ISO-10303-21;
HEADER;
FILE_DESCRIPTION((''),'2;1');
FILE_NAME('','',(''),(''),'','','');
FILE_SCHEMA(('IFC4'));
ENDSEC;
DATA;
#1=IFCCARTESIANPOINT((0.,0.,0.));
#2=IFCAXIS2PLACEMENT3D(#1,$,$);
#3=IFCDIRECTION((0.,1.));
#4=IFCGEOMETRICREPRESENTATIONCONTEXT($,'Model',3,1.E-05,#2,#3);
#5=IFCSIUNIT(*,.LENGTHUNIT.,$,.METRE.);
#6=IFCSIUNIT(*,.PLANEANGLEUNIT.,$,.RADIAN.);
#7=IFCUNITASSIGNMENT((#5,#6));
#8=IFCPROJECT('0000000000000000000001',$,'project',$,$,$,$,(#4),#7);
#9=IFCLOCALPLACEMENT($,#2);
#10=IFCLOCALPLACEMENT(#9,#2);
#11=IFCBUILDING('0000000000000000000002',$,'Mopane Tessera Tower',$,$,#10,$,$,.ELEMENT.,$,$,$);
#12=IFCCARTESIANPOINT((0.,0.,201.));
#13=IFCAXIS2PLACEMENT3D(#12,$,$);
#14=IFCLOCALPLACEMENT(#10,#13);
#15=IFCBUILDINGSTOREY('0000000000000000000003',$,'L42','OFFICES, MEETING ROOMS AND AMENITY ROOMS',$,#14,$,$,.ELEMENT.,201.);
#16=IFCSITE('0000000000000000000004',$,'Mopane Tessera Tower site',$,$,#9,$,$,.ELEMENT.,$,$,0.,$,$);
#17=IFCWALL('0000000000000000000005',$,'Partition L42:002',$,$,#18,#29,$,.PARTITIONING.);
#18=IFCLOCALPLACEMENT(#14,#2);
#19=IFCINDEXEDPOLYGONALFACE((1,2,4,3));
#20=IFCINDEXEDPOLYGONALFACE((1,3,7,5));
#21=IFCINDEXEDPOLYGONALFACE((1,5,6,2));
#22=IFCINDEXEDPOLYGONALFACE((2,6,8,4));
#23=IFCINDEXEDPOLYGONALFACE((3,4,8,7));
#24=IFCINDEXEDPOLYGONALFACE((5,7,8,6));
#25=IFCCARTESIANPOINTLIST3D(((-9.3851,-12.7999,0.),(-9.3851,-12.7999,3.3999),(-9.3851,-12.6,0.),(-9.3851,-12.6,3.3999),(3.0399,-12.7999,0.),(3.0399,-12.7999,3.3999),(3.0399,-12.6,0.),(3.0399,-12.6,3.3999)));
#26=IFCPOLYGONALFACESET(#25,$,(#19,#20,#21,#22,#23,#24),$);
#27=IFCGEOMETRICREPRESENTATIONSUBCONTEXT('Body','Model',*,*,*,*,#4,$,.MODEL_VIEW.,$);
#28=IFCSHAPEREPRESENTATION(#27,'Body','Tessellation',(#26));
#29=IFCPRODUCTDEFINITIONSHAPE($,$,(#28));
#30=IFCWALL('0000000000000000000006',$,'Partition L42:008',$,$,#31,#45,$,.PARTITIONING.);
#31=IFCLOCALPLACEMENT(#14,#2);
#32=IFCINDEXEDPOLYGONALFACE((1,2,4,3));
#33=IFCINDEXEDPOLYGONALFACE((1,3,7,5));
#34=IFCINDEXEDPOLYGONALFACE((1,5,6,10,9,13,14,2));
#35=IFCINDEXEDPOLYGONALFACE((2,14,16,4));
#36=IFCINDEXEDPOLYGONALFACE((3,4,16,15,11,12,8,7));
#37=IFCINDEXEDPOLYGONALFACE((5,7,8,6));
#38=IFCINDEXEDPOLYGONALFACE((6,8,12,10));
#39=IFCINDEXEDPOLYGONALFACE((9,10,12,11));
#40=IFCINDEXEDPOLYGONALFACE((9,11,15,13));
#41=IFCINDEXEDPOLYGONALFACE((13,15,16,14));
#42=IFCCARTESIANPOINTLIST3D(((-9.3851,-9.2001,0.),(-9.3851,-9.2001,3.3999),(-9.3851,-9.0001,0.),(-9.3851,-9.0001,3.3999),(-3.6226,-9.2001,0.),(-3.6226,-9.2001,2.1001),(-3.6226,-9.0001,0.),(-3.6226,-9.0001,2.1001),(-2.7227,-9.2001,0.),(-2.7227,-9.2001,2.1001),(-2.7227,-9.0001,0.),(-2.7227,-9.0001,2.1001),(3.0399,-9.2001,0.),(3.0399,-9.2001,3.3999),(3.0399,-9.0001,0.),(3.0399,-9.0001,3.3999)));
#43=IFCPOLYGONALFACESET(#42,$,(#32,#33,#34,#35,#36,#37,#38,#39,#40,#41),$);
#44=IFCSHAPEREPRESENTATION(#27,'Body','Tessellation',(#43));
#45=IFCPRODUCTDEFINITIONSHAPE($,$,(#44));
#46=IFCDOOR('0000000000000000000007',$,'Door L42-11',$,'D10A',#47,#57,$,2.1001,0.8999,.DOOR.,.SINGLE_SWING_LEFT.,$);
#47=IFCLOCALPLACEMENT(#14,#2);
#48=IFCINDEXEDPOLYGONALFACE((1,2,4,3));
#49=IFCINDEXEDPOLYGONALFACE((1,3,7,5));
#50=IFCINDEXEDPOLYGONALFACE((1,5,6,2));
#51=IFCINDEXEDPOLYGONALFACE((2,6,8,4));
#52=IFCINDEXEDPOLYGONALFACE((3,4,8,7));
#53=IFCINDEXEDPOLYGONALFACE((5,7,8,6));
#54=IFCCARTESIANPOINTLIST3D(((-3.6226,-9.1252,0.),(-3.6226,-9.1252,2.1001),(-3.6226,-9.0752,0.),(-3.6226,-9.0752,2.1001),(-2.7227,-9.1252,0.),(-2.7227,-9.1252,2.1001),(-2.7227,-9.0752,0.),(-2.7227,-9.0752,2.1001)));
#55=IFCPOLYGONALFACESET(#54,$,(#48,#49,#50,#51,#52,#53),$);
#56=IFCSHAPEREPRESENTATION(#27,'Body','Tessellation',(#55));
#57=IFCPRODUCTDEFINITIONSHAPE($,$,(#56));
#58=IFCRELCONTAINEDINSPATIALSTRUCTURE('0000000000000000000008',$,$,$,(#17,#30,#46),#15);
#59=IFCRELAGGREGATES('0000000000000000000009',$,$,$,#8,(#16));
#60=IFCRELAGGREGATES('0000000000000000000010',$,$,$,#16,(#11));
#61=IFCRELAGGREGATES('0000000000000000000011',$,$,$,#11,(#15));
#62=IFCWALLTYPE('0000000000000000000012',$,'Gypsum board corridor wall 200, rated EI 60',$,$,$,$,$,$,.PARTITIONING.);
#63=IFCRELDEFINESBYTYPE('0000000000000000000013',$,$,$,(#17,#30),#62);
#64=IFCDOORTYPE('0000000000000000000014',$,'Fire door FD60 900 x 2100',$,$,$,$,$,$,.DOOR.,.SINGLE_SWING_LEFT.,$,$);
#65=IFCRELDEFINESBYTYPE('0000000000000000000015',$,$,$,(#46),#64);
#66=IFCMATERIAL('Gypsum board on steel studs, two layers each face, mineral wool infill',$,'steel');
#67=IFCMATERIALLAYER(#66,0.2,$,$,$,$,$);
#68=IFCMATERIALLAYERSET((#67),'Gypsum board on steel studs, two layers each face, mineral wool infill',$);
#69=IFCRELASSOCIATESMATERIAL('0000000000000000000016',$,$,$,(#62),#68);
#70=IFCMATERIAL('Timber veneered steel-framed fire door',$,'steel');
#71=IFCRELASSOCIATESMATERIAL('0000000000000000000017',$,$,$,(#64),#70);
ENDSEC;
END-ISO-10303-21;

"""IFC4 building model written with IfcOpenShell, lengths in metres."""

from ifc_helpers import new_model, si_unit, direction, frame, frame_2d, origin, place, context, subcontext, project, spatial, rectangle, extrude, material, layer, layer_set, type_object, element, fill, save


model = new_model("IFC4")

# Units and contexts
model_context = context("Model", 3, precision=1e-05, world=origin(), true_north=direction((0.0, 1.0)))
body_context = subcontext(model_context, "Body", "Model", "MODEL_VIEW")
ifc_project = project(units=[si_unit("LENGTHUNIT", "METRE"), si_unit("PLANEANGLEUNIT", "RADIAN")], contexts=[model_context])

# Site, building, storey
site_placement = place(None, origin())
site = spatial("IfcSite", under=ifc_project, at=site_placement, Name="Mopane Tessera Tower site", CompositionType="ELEMENT", RefElevation=0.0)
building_placement = place(site_placement, origin())
building = spatial("IfcBuilding", under=site, at=building_placement, Name="Mopane Tessera Tower", CompositionType="ELEMENT")
storey_placement = place(building_placement, frame((0.0, 0.0, 201.0)))
storey = spatial("IfcBuildingStorey", under=building, at=storey_placement, Name="L42", Description="OFFICES, MEETING ROOMS AND AMENITY ROOMS", CompositionType="ELEMENT", Elevation=201.0)

# Wall
ifc_material_1 = material(Name="Gypsum board on steel studs, two layers each face, mineral wool infill", Category="steel")
ifc_layer_1 = layer(ifc_material_1, 0.2)
ifc_layer_set_1 = layer_set([ifc_layer_1], Name="Gypsum board on steel studs, two layers each face, mineral wool infill")
wall_type_1 = type_object("IfcWallType", Name="Gypsum board corridor wall 200, rated EI 60", PredefinedType="PARTITIONING", material=ifc_layer_set_1)
wall_1_placement = place(storey_placement, frame((-9.385, -12.7, 0.0), z_axis=(0.0, 0.0, 1.0), x_axis=(1.0, 0.0, 0.0)))
element("IfcWall", 1, at=wall_1_placement, inside=storey, type_object=wall_type_1, Name="Partition L42:002", PredefinedType="PARTITIONING", context=body_context, shape_type="SweptSolid", body=[
    extrude(rectangle(XDim=12.425, YDim=0.2, at=frame_2d((6.2124, 0.0))), origin(), (0.0, 0.0, 1.0), 3.3999),
])

# Wall, opening, door
wall_2_placement = place(storey_placement, frame((-9.385, -9.1001, 0.0), z_axis=(0.0, 0.0, 1.0), x_axis=(1.0, 0.0, 0.0)))
wall_2 = element("IfcWall", 2, at=wall_2_placement, inside=storey, type_object=wall_type_1, Name="Partition L42:008", PredefinedType="PARTITIONING", context=body_context, shape_type="SweptSolid", body=[
    extrude(rectangle(XDim=12.425, YDim=0.2, at=frame_2d((6.2124, 0.0))), origin(), (0.0, 0.0, 1.0), 3.3999),
])
opening_placement = place(wall_2_placement, frame((5.7625, 0.0, 0.0)))
opening = element("IfcOpeningElement", 3, at=opening_placement, cuts=wall_2, PredefinedType="OPENING", context=body_context, shape_type="SweptSolid", body=[
    extrude(rectangle(XDim=0.8999, YDim=2.1001, at=frame_2d((0.45, 1.05))), frame((0.0, 0.1121, 0.0), z_axis=(0.0, -1.0, 0.0), x_axis=(1.0, 0.0, 0.0)), (0.0, 0.0, 1.0), 0.2239),
])
ifc_material_2 = material(Name="Timber veneered steel-framed fire door", Category="steel")
door_type = type_object("IfcDoorType", Name="Fire door FD60 900 x 2100", OperationType="SINGLE_SWING_LEFT", PredefinedType="DOOR", material=ifc_material_2)
door_placement = place(opening_placement, origin())
door = element("IfcDoor", 4, at=door_placement, inside=storey, type_object=door_type, Name="Door L42-11", ObjectType="D10A", OperationType="SINGLE_SWING_LEFT", OverallHeight=2.1001, OverallWidth=0.8999, PredefinedType="DOOR", context=body_context, shape_type="SweptSolid", body=[
    extrude(rectangle(XDim=0.8999, YDim=2.1001, at=frame_2d((0.45, 1.05))), frame((0.0, 0.0249, 0.0), z_axis=(0.0, -1.0, 0.0), x_axis=(1.0, 0.0, 0.0)), (0.0, 0.0, 1.0), 0.05),
])
fill(opening, door)

save(model, "model.ifc")
